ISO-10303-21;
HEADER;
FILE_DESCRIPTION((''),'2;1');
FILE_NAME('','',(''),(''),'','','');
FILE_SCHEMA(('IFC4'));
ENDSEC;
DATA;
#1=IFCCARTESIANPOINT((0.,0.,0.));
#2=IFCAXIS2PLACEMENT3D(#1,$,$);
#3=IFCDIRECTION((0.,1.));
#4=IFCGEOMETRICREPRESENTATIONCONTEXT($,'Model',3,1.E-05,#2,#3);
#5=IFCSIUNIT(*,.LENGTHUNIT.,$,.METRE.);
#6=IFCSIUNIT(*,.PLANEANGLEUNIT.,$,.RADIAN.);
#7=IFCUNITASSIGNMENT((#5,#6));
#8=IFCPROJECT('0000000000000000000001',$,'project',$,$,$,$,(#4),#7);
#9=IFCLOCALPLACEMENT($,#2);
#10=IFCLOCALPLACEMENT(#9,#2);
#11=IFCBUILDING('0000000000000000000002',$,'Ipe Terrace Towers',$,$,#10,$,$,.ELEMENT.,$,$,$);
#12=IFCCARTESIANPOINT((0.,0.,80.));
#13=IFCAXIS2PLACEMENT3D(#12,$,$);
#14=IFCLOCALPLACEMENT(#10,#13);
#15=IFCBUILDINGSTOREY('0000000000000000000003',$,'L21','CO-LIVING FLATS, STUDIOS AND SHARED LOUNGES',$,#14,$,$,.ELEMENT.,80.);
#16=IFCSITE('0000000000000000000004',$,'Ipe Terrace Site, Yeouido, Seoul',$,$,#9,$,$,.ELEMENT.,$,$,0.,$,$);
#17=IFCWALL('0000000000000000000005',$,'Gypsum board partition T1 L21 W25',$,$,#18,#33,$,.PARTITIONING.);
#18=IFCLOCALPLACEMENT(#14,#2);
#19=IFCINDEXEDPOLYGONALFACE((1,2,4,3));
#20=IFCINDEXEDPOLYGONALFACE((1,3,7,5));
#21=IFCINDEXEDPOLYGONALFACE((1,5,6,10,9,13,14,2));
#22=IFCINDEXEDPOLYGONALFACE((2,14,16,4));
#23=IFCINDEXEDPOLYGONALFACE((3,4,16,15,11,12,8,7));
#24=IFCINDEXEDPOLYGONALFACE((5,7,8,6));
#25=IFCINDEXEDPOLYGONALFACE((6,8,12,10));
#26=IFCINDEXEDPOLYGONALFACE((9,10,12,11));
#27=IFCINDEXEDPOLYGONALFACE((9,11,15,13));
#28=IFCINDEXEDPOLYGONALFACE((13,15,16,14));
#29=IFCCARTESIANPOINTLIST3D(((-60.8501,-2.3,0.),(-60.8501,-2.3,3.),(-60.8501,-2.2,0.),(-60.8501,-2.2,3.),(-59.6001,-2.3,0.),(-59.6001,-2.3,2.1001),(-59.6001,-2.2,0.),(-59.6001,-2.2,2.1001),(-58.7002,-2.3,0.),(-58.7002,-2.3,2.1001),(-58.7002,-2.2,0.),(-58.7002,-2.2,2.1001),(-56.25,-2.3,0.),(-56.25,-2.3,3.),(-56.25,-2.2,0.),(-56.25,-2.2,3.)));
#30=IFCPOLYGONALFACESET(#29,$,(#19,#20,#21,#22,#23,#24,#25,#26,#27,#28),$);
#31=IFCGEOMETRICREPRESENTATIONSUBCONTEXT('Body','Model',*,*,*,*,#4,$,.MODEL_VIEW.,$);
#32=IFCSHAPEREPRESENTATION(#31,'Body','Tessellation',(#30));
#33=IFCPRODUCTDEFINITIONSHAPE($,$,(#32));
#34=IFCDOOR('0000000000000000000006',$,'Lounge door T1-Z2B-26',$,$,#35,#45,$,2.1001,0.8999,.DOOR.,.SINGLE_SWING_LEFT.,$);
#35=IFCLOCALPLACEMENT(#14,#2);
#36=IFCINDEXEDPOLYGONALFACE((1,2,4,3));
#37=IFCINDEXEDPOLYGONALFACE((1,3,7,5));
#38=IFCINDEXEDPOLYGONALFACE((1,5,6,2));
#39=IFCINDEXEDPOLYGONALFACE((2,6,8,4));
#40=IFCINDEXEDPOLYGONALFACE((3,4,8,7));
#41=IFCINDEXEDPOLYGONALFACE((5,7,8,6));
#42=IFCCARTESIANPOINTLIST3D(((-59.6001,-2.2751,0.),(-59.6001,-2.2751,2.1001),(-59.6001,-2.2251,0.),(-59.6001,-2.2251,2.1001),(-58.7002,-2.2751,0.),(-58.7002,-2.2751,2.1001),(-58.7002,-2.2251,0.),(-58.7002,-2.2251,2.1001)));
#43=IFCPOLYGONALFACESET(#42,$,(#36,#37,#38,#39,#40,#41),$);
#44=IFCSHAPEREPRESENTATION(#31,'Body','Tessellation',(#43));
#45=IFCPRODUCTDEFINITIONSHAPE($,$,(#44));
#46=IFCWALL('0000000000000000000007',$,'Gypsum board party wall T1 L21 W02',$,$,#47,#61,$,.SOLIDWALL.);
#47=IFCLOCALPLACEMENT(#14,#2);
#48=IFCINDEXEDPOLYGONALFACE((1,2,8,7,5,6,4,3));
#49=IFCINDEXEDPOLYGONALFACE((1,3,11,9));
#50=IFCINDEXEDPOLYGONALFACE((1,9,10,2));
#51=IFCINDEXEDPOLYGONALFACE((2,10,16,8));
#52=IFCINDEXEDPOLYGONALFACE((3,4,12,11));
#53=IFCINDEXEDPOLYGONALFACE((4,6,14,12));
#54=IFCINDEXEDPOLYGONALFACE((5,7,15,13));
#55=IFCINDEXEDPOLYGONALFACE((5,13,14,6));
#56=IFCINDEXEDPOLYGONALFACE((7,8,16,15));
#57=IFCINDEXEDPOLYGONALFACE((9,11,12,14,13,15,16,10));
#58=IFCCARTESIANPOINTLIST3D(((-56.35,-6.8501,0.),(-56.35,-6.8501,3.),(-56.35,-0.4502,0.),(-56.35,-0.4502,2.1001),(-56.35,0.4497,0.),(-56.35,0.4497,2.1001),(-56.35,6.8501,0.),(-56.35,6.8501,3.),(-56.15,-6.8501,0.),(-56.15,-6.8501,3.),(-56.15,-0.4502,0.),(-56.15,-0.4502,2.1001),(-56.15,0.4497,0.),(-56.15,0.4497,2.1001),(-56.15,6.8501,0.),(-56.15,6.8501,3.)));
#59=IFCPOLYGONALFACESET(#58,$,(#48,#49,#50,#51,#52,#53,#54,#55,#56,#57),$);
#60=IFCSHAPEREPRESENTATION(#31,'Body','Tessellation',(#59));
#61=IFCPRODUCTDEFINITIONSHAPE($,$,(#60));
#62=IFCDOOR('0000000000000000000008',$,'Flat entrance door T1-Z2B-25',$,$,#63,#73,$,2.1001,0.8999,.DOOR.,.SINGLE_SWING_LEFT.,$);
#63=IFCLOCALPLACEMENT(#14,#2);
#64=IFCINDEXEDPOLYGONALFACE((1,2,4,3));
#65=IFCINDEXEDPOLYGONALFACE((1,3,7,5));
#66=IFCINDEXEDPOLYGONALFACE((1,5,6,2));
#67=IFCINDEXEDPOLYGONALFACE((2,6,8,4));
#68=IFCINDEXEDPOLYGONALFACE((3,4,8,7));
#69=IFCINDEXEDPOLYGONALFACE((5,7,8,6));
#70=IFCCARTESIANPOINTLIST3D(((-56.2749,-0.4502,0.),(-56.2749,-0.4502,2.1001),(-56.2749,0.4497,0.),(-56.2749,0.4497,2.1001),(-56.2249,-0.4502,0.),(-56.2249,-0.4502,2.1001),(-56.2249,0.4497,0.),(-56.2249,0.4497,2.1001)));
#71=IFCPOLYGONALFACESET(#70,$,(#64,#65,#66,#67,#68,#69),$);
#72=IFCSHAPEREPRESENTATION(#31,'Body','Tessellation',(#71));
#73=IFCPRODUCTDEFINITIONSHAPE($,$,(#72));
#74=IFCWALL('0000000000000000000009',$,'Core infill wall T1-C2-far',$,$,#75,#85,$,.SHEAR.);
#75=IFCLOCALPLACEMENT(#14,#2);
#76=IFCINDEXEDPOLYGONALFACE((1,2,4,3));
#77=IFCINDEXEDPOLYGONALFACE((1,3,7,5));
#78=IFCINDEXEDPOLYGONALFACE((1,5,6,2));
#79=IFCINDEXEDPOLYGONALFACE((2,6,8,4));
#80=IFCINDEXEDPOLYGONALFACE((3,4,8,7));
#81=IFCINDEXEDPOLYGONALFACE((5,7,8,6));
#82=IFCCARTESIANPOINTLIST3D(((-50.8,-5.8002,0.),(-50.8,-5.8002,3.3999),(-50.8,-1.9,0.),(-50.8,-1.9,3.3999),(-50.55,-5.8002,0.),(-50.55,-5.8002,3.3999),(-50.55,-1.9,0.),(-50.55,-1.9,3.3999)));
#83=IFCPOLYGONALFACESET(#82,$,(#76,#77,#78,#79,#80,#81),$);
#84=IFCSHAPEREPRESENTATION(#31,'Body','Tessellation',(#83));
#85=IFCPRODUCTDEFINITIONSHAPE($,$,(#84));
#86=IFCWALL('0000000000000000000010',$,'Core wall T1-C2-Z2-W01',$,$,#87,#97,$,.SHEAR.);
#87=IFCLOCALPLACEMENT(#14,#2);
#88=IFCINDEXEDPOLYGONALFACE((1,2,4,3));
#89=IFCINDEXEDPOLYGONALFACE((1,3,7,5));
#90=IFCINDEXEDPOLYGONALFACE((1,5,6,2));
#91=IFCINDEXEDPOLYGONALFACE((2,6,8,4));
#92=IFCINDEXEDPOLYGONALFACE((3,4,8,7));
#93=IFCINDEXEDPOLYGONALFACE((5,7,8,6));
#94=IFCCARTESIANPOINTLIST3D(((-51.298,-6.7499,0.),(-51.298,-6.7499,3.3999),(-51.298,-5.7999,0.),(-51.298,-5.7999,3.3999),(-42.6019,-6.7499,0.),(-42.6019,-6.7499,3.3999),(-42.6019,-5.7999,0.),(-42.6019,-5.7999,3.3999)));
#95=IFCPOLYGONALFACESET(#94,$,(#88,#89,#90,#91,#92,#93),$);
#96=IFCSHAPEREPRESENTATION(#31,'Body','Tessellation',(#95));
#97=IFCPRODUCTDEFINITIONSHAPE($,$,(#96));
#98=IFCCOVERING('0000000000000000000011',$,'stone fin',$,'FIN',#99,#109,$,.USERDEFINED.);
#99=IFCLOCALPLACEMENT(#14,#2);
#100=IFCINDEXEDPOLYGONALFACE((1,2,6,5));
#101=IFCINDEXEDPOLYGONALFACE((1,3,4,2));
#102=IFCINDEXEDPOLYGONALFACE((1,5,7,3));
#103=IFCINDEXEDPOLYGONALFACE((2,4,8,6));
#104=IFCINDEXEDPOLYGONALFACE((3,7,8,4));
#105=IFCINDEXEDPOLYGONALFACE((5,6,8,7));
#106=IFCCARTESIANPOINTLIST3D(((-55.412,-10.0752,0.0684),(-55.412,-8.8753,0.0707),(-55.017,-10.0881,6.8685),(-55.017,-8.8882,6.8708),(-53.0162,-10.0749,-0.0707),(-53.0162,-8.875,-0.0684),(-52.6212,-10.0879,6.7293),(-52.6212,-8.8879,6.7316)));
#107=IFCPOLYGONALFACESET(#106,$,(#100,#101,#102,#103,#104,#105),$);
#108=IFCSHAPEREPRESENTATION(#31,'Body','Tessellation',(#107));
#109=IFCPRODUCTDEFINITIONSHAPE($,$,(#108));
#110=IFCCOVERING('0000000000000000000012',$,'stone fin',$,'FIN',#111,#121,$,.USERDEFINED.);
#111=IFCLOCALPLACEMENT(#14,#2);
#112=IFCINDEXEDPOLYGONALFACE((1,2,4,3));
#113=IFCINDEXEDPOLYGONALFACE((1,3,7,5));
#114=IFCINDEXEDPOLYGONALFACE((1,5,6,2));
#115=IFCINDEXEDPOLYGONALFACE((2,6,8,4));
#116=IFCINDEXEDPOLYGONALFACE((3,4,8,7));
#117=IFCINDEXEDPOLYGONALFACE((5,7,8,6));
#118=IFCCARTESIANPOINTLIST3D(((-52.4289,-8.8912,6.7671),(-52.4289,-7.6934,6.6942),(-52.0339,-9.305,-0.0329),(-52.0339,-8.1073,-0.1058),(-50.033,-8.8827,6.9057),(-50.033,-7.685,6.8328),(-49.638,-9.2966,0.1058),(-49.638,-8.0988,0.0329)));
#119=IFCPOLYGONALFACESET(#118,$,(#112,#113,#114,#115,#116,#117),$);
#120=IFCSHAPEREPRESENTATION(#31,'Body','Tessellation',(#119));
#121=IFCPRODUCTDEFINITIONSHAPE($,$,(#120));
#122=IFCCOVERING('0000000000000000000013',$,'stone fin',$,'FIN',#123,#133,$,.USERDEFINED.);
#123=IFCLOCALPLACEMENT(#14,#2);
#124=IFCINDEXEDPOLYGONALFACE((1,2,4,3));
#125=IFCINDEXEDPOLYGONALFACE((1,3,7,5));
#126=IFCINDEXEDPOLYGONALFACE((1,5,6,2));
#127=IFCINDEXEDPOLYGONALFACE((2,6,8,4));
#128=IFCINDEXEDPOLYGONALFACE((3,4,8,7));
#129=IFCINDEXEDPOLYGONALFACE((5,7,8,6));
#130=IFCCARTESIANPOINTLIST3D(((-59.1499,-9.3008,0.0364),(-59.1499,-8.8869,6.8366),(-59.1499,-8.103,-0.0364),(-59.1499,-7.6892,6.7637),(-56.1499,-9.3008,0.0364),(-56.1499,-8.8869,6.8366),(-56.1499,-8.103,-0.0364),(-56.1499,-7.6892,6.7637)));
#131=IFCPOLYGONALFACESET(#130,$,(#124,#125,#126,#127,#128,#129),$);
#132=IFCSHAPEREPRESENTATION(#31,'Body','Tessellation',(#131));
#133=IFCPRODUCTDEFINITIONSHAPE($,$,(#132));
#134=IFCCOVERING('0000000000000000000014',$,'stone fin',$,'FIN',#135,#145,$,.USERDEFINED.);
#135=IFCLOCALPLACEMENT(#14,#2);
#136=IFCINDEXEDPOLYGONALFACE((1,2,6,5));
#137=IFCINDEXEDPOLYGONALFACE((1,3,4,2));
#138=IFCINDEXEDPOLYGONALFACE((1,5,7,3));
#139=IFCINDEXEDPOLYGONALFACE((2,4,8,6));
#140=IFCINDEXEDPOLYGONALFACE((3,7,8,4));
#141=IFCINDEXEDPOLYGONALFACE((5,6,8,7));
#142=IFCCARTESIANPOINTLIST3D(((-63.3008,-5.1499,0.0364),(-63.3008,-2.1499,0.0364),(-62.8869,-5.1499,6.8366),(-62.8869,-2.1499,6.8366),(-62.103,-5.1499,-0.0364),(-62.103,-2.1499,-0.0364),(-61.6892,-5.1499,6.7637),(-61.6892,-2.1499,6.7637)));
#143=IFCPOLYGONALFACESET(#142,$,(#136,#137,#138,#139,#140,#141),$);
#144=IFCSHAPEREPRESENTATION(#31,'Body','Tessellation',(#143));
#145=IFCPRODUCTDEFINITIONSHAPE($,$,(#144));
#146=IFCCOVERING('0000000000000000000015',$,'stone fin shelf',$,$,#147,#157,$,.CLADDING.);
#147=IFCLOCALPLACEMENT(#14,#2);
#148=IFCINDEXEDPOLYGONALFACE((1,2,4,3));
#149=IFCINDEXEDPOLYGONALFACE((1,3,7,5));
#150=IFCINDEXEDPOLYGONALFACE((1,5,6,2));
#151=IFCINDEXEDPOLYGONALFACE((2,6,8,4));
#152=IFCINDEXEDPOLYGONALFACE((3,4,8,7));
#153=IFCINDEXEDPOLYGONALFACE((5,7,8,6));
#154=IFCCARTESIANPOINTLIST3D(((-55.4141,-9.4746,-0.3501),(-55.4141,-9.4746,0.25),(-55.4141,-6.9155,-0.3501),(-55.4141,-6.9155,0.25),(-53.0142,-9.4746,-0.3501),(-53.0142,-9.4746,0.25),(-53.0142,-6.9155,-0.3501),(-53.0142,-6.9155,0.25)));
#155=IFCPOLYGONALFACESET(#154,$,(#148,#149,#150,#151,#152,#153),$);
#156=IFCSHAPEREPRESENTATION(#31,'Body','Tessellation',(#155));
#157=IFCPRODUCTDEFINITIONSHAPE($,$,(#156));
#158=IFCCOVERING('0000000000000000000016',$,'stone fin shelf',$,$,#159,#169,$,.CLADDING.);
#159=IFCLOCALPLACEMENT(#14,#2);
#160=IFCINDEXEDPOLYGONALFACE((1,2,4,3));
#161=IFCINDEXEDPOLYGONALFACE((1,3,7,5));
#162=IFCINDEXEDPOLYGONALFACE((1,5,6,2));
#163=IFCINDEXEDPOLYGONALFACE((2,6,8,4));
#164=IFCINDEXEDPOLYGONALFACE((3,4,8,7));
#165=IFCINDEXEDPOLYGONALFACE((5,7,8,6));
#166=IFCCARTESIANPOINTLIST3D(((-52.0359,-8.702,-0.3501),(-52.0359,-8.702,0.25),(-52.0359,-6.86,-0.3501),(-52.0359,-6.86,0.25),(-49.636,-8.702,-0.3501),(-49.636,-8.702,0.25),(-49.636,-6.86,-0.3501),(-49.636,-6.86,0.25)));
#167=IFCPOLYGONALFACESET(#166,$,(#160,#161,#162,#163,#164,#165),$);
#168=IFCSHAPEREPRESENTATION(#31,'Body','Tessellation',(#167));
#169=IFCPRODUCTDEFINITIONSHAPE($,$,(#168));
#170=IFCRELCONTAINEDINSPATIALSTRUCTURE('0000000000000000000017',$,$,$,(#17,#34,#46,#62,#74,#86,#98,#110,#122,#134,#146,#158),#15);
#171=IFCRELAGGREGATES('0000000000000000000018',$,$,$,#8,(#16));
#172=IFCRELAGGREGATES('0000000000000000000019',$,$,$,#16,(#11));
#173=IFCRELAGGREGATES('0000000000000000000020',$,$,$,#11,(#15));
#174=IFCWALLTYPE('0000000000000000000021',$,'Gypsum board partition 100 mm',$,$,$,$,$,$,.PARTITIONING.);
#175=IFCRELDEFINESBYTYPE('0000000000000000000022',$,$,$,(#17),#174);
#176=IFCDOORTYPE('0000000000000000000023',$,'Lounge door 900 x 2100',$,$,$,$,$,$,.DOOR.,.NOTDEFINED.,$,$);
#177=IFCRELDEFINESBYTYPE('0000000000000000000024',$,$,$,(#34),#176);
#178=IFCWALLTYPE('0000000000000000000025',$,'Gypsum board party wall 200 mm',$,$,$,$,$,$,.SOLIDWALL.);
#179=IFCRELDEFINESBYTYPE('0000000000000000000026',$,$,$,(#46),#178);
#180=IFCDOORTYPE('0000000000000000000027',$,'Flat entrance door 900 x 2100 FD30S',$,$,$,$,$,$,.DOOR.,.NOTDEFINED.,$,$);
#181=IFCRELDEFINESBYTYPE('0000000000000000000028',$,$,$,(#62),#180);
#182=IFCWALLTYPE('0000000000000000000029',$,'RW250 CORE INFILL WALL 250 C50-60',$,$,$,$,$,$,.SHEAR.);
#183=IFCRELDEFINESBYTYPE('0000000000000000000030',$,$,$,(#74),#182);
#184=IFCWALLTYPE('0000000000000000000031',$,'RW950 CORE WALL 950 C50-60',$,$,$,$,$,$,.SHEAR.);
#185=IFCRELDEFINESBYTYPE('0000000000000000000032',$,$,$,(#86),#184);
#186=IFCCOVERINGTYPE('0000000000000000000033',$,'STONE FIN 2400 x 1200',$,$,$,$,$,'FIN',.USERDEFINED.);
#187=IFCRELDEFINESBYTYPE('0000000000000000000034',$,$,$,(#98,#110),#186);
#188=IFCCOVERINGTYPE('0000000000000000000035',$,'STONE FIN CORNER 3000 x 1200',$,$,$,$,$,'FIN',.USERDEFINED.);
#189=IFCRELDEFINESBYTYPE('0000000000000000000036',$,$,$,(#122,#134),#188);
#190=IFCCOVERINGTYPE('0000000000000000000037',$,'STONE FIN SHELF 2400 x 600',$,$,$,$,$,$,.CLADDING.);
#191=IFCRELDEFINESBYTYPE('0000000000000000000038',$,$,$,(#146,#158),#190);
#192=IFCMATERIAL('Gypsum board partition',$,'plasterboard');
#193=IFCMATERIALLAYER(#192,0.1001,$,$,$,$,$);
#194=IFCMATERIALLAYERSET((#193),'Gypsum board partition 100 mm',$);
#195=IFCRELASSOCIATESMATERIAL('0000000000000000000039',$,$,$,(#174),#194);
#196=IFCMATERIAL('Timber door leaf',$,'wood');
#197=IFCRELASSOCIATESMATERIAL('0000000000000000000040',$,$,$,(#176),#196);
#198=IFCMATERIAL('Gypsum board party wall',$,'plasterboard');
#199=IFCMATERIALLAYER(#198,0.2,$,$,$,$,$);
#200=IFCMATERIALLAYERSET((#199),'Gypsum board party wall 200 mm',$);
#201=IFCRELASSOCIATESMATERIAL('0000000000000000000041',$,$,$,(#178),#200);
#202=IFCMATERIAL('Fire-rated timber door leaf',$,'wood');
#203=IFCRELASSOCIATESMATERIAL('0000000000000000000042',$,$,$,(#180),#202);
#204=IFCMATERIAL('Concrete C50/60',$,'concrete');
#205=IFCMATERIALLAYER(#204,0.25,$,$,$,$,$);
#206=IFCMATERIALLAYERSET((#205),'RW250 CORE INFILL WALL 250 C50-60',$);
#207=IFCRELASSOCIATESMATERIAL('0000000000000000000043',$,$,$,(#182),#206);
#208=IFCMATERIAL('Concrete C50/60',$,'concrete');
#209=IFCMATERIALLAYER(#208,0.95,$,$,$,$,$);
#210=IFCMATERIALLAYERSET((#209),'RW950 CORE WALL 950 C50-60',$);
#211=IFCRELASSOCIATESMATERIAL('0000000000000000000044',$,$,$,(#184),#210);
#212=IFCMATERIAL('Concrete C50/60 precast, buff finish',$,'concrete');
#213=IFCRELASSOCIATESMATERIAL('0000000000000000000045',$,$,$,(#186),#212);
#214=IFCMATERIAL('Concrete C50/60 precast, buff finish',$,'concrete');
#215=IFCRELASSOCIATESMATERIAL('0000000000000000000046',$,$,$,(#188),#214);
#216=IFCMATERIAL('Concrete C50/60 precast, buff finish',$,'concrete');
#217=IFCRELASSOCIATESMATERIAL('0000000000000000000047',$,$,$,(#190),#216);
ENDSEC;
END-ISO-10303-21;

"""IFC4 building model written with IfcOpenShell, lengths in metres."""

from ifc_helpers import new_model, si_unit, direction, frame, frame_2d, origin, origin_2d, place, context, subcontext, project, spatial, rectangle, extrude, material, layer, layer_set, material_profile, profile_set, type_object, element, fill, save


model = new_model("IFC4")

# Units and contexts
model_context = context("Model", 3, precision=1e-05, world=origin(), true_north=direction((0.0, 1.0)))
body_context = subcontext(model_context, "Body", "Model", "MODEL_VIEW")
ifc_project = project(units=[si_unit("LENGTHUNIT", "METRE"), si_unit("PLANEANGLEUNIT", "RADIAN")], contexts=[model_context])

# Site, building, storey
site_placement = place(None, origin())
site = spatial("IfcSite", under=ifc_project, at=site_placement, Name="Ipe Terrace Site, Yeouido, Seoul", CompositionType="ELEMENT", RefElevation=0.0)
building_placement = place(site_placement, origin())
building = spatial("IfcBuilding", under=site, at=building_placement, Name="Ipe Terrace Towers", CompositionType="ELEMENT")
storey_placement = place(building_placement, frame((0.0, 0.0, 80.0)))
storey = spatial("IfcBuildingStorey", under=building, at=storey_placement, Name="L21", Description="CO-LIVING FLATS, STUDIOS AND SHARED LOUNGES", CompositionType="ELEMENT", Elevation=80.0)

# Shared definitions
ifc_material_1 = material(Name="Gypsum board partition", Category="plasterboard")
ifc_layer_1 = layer(ifc_material_1, 0.1001)
ifc_layer_set_1 = layer_set([ifc_layer_1], Name="Gypsum board partition 100 mm")
wall_type_1 = type_object("IfcWallType", Name="Gypsum board partition 100 mm", PredefinedType="PARTITIONING", material=ifc_layer_set_1)

# Walls, openings, doors
wall_1_placement = place(storey_placement, frame((-60.8501, -2.25, 0.0), z_axis=(0.0, 0.0, 1.0), x_axis=(1.0, 0.0, 0.0)))
wall_1 = element("IfcWall", 1, at=wall_1_placement, inside=storey, type_object=wall_type_1, Name="Gypsum board partition T1 L21 W25", PredefinedType="PARTITIONING", context=body_context, shape_type="SweptSolid", body=[
    extrude(rectangle(XDim=4.6001, YDim=0.1001, at=frame_2d((2.3, 0.0))), origin(), (0.0, 0.0, 1.0), 3.0),
])
opening_1_placement = place(wall_1_placement, frame((1.25, 0.0, 0.0)))
opening_1 = element("IfcOpeningElement", 2, at=opening_1_placement, cuts=wall_1, PredefinedType="OPENING", context=body_context, shape_type="SweptSolid", body=[
    extrude(rectangle(XDim=0.8999, YDim=2.1001, at=frame_2d((0.45, 1.05))), frame((0.0, 0.0601, 0.0), z_axis=(0.0, -1.0, 0.0), x_axis=(1.0, 0.0, 0.0)), (0.0, 0.0, 1.0), 0.1201),
])
ifc_material_2 = material(Name="Timber door leaf", Category="wood")
door_type_1 = type_object("IfcDoorType", Name="Lounge door 900 x 2100", OperationType="NOTDEFINED", PredefinedType="DOOR", material=ifc_material_2)
door_1_placement = place(opening_1_placement, origin())
door_1 = element("IfcDoor", 3, at=door_1_placement, inside=storey, type_object=door_type_1, Name="Lounge door T1-Z2B-26", OperationType="SINGLE_SWING_LEFT", OverallHeight=2.1001, OverallWidth=0.8999, PredefinedType="DOOR", context=body_context, shape_type="SweptSolid", body=[
    extrude(rectangle(XDim=0.8999, YDim=2.1001, at=frame_2d((0.45, 1.05))), frame((0.0, 0.0249, 0.0), z_axis=(0.0, -1.0, 0.0), x_axis=(1.0, 0.0, 0.0)), (0.0, 0.0, 1.0), 0.05),
])
fill(opening_1, door_1)
ifc_material_3 = material(Name="Gypsum board party wall", Category="plasterboard")
ifc_layer_2 = layer(ifc_material_3, 0.2)
ifc_layer_set_2 = layer_set([ifc_layer_2], Name="Gypsum board party wall 200 mm")
wall_type_2 = type_object("IfcWallType", Name="Gypsum board party wall 200 mm", PredefinedType="SOLIDWALL", material=ifc_layer_set_2)
wall_2_placement = place(storey_placement, frame((-56.25, -6.8501, 0.0), z_axis=(0.0, 0.0, 1.0), x_axis=(0.0, 1.0, 0.0)))
wall_2 = element("IfcWall", 4, at=wall_2_placement, inside=storey, type_object=wall_type_2, Name="Gypsum board party wall T1 L21 W02", PredefinedType="SOLIDWALL", context=body_context, shape_type="SweptSolid", body=[
    extrude(rectangle(XDim=13.7002, YDim=0.2, at=frame_2d((6.8501, 0.0))), origin(), (0.0, 0.0, 1.0), 3.0),
])
opening_2_placement = place(wall_2_placement, frame((6.3999, 0.0, 0.0)))
opening_2 = element("IfcOpeningElement", 5, at=opening_2_placement, cuts=wall_2, PredefinedType="OPENING", context=body_context, shape_type="SweptSolid", body=[
    extrude(rectangle(XDim=0.8999, YDim=2.1001, at=frame_2d((0.45, 1.05))), frame((0.0, 0.1099, 0.0), z_axis=(0.0, -1.0, 0.0), x_axis=(1.0, 0.0, 0.0)), (0.0, 0.0, 1.0), 0.22),
])
ifc_material_4 = material(Name="Fire-rated timber door leaf", Category="wood")
door_type_2 = type_object("IfcDoorType", Name="Flat entrance door 900 x 2100 FD30S", OperationType="NOTDEFINED", PredefinedType="DOOR", material=ifc_material_4)
door_2_placement = place(opening_2_placement, origin())
door_2 = element("IfcDoor", 6, at=door_2_placement, inside=storey, type_object=door_type_2, Name="Flat entrance door T1-Z2B-25", OperationType="SINGLE_SWING_LEFT", OverallHeight=2.1001, OverallWidth=0.8999, PredefinedType="DOOR", context=body_context, shape_type="SweptSolid", body=[
    extrude(rectangle(XDim=0.8999, YDim=2.1001, at=frame_2d((0.45, 1.05))), frame((0.0, 0.0249, 0.0), z_axis=(0.0, -1.0, 0.0), x_axis=(1.0, 0.0, 0.0)), (0.0, 0.0, 1.0), 0.05),
])
fill(opening_2, door_2)

# Walls
ifc_material_5 = material(Name="Concrete C50/60", Category="concrete")
ifc_layer_3 = layer(ifc_material_5, 0.25)
ifc_layer_set_3 = layer_set([ifc_layer_3], Name="RW250 CORE INFILL WALL 250 C50-60")
wall_type_3 = type_object("IfcWallType", Name="RW250 CORE INFILL WALL 250 C50-60", PredefinedType="SHEAR", material=ifc_layer_set_3)
wall_3_placement = place(storey_placement, frame((-50.675, -1.8999, 0.0), z_axis=(0.0, 0.0, 1.0), x_axis=(0.0, -1.0, 0.0)))
element("IfcWall", 7, at=wall_3_placement, inside=storey, type_object=wall_type_3, Name="Core infill wall T1-C2-far", PredefinedType="SHEAR", context=body_context, shape_type="SweptSolid", body=[
    extrude(rectangle(XDim=3.9001, YDim=0.25, at=frame_2d((1.9502, 0.0))), origin(), (0.0, 0.0, 1.0), 3.3999),
])
ifc_material_6 = material(Name="Concrete C50/60", Category="concrete")
ifc_layer_4 = layer(ifc_material_6, 0.95)
ifc_layer_set_4 = layer_set([ifc_layer_4], Name="RW950 CORE WALL 950 C50-60")
wall_type_4 = type_object("IfcWallType", Name="RW950 CORE WALL 950 C50-60", PredefinedType="SHEAR", material=ifc_layer_set_4)
wall_4_placement = place(storey_placement, frame((-51.2981, -6.2749, 0.0), z_axis=(0.0, 0.0, 1.0), x_axis=(1.0, 0.0, 0.0)))
element("IfcWall", 8, at=wall_4_placement, inside=storey, type_object=wall_type_4, Name="Core wall T1-C2-Z2-W01", PredefinedType="SHEAR", context=body_context, shape_type="SweptSolid", body=[
    extrude(rectangle(XDim=8.696, YDim=0.95, at=frame_2d((4.3481, 0.0))), origin(), (0.0, 0.0, 1.0), 3.3999),
])

# Coverings
ifc_material_7 = material(Name="Concrete C50/60 precast, buff finish", Category="concrete")
ifc_material_profile_1 = material_profile(ifc_material_7, rectangle(XDim=2.3999, YDim=1.2, at=origin_2d()), Name="STONE FIN 2400 x 1200")
ifc_profile_set_1 = profile_set([ifc_material_profile_1], Name="Concrete C50/60 precast, buff finish")
covering_type_1 = type_object("IfcCoveringType", Name="STONE FIN 2400 x 1200", ElementType="FIN", PredefinedType="USERDEFINED", material=ifc_profile_set_1)
covering_1_placement = place(storey_placement, frame((-54.2141, -9.4751, 0.0), z_axis=(0.057993, -0.0019, 0.998315), x_axis=(0.998317, 0.00011, -0.057993)))
element("IfcCovering", 9, at=covering_1_placement, inside=storey, type_object=covering_type_1, Name="stone fin", ObjectType="FIN", PredefinedType="USERDEFINED", context=body_context, shape_type="SweptSolid", body=[
    extrude(rectangle(XDim=2.3999, YDim=1.2, at=origin_2d()), origin(), (0.0, 0.0, 1.0), 6.8115),
])
covering_2_placement = place(storey_placement, frame((-50.8359, -8.7019, 0.0), z_axis=(-0.057886, 0.060641, 0.99648), x_axis=(0.998323, 0.003516, 0.057779)))
element("IfcCovering", 10, at=covering_2_placement, inside=storey, type_object=covering_type_1, Name="stone fin", ObjectType="FIN", PredefinedType="USERDEFINED", context=body_context, shape_type="SweptSolid", body=[
    extrude(rectangle(XDim=2.3999, YDim=1.2, at=origin_2d()), origin(), (0.0, 0.0, 1.0), 6.824),
])
ifc_material_8 = material(Name="Concrete C50/60 precast, buff finish", Category="concrete")
ifc_material_profile_2 = material_profile(ifc_material_8, rectangle(XDim=3.0, YDim=1.2, at=origin_2d()), Name="STONE FIN CORNER 3000 x 1200")
ifc_profile_set_2 = profile_set([ifc_material_profile_2], Name="Concrete C50/60 precast, buff finish")
covering_type_2 = type_object("IfcCoveringType", Name="STONE FIN CORNER 3000 x 1200", ElementType="FIN", PredefinedType="USERDEFINED", material=ifc_profile_set_2)
for number, where, z_axis, x_axis, name in (
    (11, (-57.6499, -8.7019, 0.0), (0.0, 0.060743, 0.998153), (1.0, 0.0, 0.0), "stone fin"),
    (12, (-62.7019, -3.6499, 0.0), (0.060743, 0.0, 0.998153), (0.0, -1.0, 0.0), "stone fin"),
):
    element("IfcCovering", number, at=place(storey_placement, frame(where, z_axis=z_axis, x_axis=x_axis)), inside=storey, type_object=covering_type_2, Name=name, ObjectType="FIN", PredefinedType="USERDEFINED", context=body_context, shape_type="SweptSolid", body=[
        extrude(rectangle(XDim=3.0, YDim=1.2, at=origin_2d()), origin(), (0.0, 0.0, 1.0), 6.8127),
    ])
ifc_material_9 = material(Name="Concrete C50/60 precast, buff finish", Category="concrete")
covering_type_3 = type_object("IfcCoveringType", Name="STONE FIN SHELF 2400 x 600", PredefinedType="CLADDING", material=ifc_material_9)
covering_3_placement = place(storey_placement, frame((-54.2141, -8.1951, -0.3501), z_axis=(0.0, 0.0, 1.0), x_axis=(1.0, 0.0, 0.0)))
element("IfcCovering", 13, at=covering_3_placement, inside=storey, type_object=covering_type_3, Name="stone fin shelf", PredefinedType="CLADDING", context=body_context, shape_type="SweptSolid", body=[
    extrude(rectangle(XDim=2.3999, YDim=2.5591, at=origin_2d()), origin(), (0.0, 0.0, 1.0), 0.6001),
])
covering_4_placement = place(storey_placement, frame((-50.8359, -7.781, -0.3501), z_axis=(0.0, 0.0, 1.0), x_axis=(1.0, 0.0, 0.0)))
element("IfcCovering", 14, at=covering_4_placement, inside=storey, type_object=covering_type_3, Name="stone fin shelf", PredefinedType="CLADDING", context=body_context, shape_type="SweptSolid", body=[
    extrude(rectangle(XDim=2.3999, YDim=1.842, at=origin_2d()), origin(), (0.0, 0.0, 1.0), 0.6001),
])

save(model, "model.ifc")
